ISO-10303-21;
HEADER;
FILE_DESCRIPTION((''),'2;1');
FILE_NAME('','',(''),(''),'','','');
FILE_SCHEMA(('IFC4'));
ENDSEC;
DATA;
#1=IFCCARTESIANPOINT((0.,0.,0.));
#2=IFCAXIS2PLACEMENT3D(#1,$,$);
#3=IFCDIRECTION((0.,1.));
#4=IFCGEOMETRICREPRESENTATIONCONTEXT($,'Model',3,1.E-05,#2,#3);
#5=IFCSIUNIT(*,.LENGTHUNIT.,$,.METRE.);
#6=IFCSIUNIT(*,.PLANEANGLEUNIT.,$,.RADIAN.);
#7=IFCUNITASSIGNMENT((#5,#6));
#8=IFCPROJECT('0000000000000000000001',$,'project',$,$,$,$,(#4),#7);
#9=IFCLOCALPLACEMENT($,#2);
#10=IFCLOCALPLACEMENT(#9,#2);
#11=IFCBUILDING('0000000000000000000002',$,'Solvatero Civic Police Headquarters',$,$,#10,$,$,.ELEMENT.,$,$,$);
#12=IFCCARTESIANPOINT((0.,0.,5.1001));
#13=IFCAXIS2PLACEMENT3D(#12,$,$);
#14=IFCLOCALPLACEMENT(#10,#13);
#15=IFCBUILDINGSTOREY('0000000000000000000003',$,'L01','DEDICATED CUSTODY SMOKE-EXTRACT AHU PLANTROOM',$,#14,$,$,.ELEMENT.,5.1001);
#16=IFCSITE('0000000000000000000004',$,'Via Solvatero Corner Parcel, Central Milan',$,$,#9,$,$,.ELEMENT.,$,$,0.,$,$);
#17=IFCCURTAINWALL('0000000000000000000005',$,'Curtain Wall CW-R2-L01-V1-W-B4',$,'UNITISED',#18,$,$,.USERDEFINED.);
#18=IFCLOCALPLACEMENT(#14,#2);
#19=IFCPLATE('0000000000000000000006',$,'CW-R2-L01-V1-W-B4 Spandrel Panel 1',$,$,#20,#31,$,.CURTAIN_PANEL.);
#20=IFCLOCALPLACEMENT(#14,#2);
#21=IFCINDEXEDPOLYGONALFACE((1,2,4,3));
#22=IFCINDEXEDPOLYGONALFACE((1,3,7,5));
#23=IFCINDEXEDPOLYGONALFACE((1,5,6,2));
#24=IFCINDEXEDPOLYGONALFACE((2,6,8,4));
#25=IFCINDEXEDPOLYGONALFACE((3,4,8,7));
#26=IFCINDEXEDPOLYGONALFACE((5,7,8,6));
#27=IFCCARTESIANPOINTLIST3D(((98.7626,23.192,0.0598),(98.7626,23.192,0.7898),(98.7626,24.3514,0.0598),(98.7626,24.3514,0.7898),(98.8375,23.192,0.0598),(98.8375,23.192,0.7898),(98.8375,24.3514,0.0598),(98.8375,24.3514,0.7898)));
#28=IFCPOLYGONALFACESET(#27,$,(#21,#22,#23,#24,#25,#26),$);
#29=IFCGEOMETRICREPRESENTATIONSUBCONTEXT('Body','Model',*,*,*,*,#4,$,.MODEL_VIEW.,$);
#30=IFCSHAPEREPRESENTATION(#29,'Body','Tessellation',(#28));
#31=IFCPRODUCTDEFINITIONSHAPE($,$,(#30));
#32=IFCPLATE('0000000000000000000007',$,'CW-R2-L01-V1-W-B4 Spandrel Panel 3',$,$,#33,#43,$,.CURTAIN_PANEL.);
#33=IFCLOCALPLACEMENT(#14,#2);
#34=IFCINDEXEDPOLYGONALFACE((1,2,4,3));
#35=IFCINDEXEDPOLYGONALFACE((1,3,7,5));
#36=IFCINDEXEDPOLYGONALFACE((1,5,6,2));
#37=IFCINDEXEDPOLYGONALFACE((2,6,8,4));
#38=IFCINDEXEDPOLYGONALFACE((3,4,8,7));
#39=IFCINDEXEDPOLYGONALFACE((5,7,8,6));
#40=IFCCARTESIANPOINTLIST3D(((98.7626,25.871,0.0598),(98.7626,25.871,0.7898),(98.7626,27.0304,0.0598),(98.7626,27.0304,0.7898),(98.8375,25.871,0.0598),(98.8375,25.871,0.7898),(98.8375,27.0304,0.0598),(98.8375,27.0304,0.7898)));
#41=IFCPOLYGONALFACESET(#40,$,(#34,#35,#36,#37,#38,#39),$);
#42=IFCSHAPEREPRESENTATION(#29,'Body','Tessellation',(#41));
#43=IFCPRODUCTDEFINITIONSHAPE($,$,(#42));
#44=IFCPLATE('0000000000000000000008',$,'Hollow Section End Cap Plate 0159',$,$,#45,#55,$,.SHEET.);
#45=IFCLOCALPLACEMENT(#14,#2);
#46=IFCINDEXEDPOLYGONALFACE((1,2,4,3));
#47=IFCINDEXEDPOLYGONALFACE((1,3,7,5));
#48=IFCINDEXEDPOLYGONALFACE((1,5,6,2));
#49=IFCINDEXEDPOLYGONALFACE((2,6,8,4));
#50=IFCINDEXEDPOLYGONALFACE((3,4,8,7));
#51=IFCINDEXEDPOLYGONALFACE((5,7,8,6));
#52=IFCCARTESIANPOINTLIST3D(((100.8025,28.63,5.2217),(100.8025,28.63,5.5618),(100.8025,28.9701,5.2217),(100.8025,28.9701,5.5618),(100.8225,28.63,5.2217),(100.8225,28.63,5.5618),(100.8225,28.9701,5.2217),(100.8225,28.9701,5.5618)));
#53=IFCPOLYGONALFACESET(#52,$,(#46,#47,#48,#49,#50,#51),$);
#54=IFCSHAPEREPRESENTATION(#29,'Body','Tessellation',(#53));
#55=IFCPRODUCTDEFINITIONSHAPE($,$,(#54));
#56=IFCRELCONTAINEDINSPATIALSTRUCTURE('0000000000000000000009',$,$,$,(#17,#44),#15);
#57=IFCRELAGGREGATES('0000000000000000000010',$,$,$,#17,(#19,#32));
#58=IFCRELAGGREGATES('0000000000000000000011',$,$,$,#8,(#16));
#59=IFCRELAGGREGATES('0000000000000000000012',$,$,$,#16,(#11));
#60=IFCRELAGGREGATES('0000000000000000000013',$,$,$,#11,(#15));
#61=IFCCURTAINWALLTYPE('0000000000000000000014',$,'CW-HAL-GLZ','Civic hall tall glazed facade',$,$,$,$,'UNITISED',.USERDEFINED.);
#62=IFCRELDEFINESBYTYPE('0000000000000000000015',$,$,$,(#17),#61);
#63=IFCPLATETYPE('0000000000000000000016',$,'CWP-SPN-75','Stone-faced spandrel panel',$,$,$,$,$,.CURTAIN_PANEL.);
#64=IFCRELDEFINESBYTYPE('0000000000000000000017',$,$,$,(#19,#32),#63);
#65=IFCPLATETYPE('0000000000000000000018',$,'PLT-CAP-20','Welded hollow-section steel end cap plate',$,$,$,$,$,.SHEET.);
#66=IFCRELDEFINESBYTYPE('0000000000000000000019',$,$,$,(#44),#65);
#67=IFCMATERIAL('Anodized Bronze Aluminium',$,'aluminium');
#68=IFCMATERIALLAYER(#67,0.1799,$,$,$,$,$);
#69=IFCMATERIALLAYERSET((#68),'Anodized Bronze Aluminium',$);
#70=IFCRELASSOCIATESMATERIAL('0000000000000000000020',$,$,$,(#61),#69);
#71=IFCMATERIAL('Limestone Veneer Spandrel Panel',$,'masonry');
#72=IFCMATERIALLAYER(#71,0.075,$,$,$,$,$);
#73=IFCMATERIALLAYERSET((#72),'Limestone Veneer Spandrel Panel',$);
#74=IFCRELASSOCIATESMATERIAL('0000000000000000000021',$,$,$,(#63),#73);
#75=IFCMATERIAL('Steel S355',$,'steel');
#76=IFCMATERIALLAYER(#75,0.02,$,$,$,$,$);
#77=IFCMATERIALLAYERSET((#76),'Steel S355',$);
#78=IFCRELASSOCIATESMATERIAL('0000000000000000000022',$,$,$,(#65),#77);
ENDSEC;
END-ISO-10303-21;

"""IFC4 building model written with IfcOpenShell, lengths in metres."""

from ifc_helpers import new_model, si_unit, direction, frame, origin, origin_2d, place, context, subcontext, project, spatial, rectangle, extrude, material, layer, layer_set, type_object, element, aggregate, save


model = new_model("IFC4")

# Units and contexts
model_context = context("Model", 3, precision=1e-05, world=origin(), true_north=direction((0.0, 1.0)))
body_context = subcontext(model_context, "Body", "Model", "MODEL_VIEW")
ifc_project = project(units=[si_unit("LENGTHUNIT", "METRE"), si_unit("PLANEANGLEUNIT", "RADIAN")], contexts=[model_context])

# Site, building, storey
site_placement = place(None, origin())
site = spatial("IfcSite", under=ifc_project, at=site_placement, Name="Via Solvatero Corner Parcel, Central Milan", CompositionType="ELEMENT", RefElevation=0.0)
building_placement = place(site_placement, origin())
building = spatial("IfcBuilding", under=site, at=building_placement, Name="Solvatero Civic Police Headquarters", CompositionType="ELEMENT")
storey_placement = place(building_placement, frame((0.0, 0.0, 5.1001)))
storey = spatial("IfcBuildingStorey", under=building, at=storey_placement, Name="L01", Description="DEDICATED CUSTODY SMOKE-EXTRACT AHU PLANTROOM", CompositionType="ELEMENT", Elevation=5.1001)

# Shared definitions
ifc_material_1 = material(Name="Steel S355", Category="steel")

# Curtain wall, plates
ifc_material_2 = material(Name="Anodized Bronze Aluminium", Category="aluminium")
ifc_layer_1 = layer(ifc_material_2, 0.1799)
ifc_layer_set_1 = layer_set([ifc_layer_1], Name="Anodized Bronze Aluminium")
curtain_wall_type = type_object("IfcCurtainWallType", Name="CW-HAL-GLZ", Description="Civic hall tall glazed facade", ElementType="UNITISED", PredefinedType="USERDEFINED", material=ifc_layer_set_1)
curtain_wall_placement = place(storey_placement, origin())
curtain_wall = element("IfcCurtainWall", 1, at=curtain_wall_placement, inside=storey, type_object=curtain_wall_type, Name="Curtain Wall CW-R2-L01-V1-W-B4", ObjectType="UNITISED", PredefinedType="USERDEFINED")
ifc_material_3 = material(Name="Limestone Veneer Spandrel Panel", Category="masonry")
ifc_layer_2 = layer(ifc_material_3, 0.075)
ifc_layer_set_2 = layer_set([ifc_layer_2], Name="Limestone Veneer Spandrel Panel")
plate_type_1 = type_object("IfcPlateType", Name="CWP-SPN-75", Description="Stone-faced spandrel panel", PredefinedType="CURTAIN_PANEL", material=ifc_layer_set_2)
plate_1_placement = place(storey_placement, frame((98.8, 23.7717, 0.0598), z_axis=(0.0, 0.0, 1.0), x_axis=(0.0, 1.0, 0.0)))
plate_1 = element("IfcPlate", 2, at=plate_1_placement, type_object=plate_type_1, Name="CW-R2-L01-V1-W-B4 Spandrel Panel 1", PredefinedType="CURTAIN_PANEL", context=body_context, shape_type="SweptSolid", body=[
    extrude(rectangle(XDim=1.1594, YDim=0.075, at=origin_2d()), origin(), (0.0, 0.0, 1.0), 0.73),
])
plate_2_placement = place(storey_placement, frame((98.8, 26.4507, 0.0598), z_axis=(0.0, 0.0, 1.0), x_axis=(0.0, 1.0, 0.0)))
plate_2 = element("IfcPlate", 3, at=plate_2_placement, type_object=plate_type_1, Name="CW-R2-L01-V1-W-B4 Spandrel Panel 3", PredefinedType="CURTAIN_PANEL", context=body_context, shape_type="SweptSolid", body=[
    extrude(rectangle(XDim=1.1594, YDim=0.075, at=origin_2d()), origin(), (0.0, 0.0, 1.0), 0.73),
])
aggregate(curtain_wall, [plate_1, plate_2])

# Plate
ifc_layer_3 = layer(ifc_material_1, 0.02)
ifc_layer_set_3 = layer_set([ifc_layer_3], Name="Steel S355")
plate_type_2 = type_object("IfcPlateType", Name="PLT-CAP-20", Description="Welded hollow-section steel end cap plate", PredefinedType="SHEET", material=ifc_layer_set_3)
plate_3_placement = place(storey_placement, frame((100.8125, 28.8, 5.2217), z_axis=(0.0, 0.0, 1.0), x_axis=(1.0, 0.0, 0.0)))
element("IfcPlate", 4, at=plate_3_placement, inside=storey, type_object=plate_type_2, Name="Hollow Section End Cap Plate 0159", PredefinedType="SHEET", context=body_context, shape_type="SweptSolid", body=[
    extrude(rectangle(XDim=0.02, YDim=0.3401, at=origin_2d()), origin(), (0.0, 0.0, 1.0), 0.3401),
])

save(model, "model.ifc")
